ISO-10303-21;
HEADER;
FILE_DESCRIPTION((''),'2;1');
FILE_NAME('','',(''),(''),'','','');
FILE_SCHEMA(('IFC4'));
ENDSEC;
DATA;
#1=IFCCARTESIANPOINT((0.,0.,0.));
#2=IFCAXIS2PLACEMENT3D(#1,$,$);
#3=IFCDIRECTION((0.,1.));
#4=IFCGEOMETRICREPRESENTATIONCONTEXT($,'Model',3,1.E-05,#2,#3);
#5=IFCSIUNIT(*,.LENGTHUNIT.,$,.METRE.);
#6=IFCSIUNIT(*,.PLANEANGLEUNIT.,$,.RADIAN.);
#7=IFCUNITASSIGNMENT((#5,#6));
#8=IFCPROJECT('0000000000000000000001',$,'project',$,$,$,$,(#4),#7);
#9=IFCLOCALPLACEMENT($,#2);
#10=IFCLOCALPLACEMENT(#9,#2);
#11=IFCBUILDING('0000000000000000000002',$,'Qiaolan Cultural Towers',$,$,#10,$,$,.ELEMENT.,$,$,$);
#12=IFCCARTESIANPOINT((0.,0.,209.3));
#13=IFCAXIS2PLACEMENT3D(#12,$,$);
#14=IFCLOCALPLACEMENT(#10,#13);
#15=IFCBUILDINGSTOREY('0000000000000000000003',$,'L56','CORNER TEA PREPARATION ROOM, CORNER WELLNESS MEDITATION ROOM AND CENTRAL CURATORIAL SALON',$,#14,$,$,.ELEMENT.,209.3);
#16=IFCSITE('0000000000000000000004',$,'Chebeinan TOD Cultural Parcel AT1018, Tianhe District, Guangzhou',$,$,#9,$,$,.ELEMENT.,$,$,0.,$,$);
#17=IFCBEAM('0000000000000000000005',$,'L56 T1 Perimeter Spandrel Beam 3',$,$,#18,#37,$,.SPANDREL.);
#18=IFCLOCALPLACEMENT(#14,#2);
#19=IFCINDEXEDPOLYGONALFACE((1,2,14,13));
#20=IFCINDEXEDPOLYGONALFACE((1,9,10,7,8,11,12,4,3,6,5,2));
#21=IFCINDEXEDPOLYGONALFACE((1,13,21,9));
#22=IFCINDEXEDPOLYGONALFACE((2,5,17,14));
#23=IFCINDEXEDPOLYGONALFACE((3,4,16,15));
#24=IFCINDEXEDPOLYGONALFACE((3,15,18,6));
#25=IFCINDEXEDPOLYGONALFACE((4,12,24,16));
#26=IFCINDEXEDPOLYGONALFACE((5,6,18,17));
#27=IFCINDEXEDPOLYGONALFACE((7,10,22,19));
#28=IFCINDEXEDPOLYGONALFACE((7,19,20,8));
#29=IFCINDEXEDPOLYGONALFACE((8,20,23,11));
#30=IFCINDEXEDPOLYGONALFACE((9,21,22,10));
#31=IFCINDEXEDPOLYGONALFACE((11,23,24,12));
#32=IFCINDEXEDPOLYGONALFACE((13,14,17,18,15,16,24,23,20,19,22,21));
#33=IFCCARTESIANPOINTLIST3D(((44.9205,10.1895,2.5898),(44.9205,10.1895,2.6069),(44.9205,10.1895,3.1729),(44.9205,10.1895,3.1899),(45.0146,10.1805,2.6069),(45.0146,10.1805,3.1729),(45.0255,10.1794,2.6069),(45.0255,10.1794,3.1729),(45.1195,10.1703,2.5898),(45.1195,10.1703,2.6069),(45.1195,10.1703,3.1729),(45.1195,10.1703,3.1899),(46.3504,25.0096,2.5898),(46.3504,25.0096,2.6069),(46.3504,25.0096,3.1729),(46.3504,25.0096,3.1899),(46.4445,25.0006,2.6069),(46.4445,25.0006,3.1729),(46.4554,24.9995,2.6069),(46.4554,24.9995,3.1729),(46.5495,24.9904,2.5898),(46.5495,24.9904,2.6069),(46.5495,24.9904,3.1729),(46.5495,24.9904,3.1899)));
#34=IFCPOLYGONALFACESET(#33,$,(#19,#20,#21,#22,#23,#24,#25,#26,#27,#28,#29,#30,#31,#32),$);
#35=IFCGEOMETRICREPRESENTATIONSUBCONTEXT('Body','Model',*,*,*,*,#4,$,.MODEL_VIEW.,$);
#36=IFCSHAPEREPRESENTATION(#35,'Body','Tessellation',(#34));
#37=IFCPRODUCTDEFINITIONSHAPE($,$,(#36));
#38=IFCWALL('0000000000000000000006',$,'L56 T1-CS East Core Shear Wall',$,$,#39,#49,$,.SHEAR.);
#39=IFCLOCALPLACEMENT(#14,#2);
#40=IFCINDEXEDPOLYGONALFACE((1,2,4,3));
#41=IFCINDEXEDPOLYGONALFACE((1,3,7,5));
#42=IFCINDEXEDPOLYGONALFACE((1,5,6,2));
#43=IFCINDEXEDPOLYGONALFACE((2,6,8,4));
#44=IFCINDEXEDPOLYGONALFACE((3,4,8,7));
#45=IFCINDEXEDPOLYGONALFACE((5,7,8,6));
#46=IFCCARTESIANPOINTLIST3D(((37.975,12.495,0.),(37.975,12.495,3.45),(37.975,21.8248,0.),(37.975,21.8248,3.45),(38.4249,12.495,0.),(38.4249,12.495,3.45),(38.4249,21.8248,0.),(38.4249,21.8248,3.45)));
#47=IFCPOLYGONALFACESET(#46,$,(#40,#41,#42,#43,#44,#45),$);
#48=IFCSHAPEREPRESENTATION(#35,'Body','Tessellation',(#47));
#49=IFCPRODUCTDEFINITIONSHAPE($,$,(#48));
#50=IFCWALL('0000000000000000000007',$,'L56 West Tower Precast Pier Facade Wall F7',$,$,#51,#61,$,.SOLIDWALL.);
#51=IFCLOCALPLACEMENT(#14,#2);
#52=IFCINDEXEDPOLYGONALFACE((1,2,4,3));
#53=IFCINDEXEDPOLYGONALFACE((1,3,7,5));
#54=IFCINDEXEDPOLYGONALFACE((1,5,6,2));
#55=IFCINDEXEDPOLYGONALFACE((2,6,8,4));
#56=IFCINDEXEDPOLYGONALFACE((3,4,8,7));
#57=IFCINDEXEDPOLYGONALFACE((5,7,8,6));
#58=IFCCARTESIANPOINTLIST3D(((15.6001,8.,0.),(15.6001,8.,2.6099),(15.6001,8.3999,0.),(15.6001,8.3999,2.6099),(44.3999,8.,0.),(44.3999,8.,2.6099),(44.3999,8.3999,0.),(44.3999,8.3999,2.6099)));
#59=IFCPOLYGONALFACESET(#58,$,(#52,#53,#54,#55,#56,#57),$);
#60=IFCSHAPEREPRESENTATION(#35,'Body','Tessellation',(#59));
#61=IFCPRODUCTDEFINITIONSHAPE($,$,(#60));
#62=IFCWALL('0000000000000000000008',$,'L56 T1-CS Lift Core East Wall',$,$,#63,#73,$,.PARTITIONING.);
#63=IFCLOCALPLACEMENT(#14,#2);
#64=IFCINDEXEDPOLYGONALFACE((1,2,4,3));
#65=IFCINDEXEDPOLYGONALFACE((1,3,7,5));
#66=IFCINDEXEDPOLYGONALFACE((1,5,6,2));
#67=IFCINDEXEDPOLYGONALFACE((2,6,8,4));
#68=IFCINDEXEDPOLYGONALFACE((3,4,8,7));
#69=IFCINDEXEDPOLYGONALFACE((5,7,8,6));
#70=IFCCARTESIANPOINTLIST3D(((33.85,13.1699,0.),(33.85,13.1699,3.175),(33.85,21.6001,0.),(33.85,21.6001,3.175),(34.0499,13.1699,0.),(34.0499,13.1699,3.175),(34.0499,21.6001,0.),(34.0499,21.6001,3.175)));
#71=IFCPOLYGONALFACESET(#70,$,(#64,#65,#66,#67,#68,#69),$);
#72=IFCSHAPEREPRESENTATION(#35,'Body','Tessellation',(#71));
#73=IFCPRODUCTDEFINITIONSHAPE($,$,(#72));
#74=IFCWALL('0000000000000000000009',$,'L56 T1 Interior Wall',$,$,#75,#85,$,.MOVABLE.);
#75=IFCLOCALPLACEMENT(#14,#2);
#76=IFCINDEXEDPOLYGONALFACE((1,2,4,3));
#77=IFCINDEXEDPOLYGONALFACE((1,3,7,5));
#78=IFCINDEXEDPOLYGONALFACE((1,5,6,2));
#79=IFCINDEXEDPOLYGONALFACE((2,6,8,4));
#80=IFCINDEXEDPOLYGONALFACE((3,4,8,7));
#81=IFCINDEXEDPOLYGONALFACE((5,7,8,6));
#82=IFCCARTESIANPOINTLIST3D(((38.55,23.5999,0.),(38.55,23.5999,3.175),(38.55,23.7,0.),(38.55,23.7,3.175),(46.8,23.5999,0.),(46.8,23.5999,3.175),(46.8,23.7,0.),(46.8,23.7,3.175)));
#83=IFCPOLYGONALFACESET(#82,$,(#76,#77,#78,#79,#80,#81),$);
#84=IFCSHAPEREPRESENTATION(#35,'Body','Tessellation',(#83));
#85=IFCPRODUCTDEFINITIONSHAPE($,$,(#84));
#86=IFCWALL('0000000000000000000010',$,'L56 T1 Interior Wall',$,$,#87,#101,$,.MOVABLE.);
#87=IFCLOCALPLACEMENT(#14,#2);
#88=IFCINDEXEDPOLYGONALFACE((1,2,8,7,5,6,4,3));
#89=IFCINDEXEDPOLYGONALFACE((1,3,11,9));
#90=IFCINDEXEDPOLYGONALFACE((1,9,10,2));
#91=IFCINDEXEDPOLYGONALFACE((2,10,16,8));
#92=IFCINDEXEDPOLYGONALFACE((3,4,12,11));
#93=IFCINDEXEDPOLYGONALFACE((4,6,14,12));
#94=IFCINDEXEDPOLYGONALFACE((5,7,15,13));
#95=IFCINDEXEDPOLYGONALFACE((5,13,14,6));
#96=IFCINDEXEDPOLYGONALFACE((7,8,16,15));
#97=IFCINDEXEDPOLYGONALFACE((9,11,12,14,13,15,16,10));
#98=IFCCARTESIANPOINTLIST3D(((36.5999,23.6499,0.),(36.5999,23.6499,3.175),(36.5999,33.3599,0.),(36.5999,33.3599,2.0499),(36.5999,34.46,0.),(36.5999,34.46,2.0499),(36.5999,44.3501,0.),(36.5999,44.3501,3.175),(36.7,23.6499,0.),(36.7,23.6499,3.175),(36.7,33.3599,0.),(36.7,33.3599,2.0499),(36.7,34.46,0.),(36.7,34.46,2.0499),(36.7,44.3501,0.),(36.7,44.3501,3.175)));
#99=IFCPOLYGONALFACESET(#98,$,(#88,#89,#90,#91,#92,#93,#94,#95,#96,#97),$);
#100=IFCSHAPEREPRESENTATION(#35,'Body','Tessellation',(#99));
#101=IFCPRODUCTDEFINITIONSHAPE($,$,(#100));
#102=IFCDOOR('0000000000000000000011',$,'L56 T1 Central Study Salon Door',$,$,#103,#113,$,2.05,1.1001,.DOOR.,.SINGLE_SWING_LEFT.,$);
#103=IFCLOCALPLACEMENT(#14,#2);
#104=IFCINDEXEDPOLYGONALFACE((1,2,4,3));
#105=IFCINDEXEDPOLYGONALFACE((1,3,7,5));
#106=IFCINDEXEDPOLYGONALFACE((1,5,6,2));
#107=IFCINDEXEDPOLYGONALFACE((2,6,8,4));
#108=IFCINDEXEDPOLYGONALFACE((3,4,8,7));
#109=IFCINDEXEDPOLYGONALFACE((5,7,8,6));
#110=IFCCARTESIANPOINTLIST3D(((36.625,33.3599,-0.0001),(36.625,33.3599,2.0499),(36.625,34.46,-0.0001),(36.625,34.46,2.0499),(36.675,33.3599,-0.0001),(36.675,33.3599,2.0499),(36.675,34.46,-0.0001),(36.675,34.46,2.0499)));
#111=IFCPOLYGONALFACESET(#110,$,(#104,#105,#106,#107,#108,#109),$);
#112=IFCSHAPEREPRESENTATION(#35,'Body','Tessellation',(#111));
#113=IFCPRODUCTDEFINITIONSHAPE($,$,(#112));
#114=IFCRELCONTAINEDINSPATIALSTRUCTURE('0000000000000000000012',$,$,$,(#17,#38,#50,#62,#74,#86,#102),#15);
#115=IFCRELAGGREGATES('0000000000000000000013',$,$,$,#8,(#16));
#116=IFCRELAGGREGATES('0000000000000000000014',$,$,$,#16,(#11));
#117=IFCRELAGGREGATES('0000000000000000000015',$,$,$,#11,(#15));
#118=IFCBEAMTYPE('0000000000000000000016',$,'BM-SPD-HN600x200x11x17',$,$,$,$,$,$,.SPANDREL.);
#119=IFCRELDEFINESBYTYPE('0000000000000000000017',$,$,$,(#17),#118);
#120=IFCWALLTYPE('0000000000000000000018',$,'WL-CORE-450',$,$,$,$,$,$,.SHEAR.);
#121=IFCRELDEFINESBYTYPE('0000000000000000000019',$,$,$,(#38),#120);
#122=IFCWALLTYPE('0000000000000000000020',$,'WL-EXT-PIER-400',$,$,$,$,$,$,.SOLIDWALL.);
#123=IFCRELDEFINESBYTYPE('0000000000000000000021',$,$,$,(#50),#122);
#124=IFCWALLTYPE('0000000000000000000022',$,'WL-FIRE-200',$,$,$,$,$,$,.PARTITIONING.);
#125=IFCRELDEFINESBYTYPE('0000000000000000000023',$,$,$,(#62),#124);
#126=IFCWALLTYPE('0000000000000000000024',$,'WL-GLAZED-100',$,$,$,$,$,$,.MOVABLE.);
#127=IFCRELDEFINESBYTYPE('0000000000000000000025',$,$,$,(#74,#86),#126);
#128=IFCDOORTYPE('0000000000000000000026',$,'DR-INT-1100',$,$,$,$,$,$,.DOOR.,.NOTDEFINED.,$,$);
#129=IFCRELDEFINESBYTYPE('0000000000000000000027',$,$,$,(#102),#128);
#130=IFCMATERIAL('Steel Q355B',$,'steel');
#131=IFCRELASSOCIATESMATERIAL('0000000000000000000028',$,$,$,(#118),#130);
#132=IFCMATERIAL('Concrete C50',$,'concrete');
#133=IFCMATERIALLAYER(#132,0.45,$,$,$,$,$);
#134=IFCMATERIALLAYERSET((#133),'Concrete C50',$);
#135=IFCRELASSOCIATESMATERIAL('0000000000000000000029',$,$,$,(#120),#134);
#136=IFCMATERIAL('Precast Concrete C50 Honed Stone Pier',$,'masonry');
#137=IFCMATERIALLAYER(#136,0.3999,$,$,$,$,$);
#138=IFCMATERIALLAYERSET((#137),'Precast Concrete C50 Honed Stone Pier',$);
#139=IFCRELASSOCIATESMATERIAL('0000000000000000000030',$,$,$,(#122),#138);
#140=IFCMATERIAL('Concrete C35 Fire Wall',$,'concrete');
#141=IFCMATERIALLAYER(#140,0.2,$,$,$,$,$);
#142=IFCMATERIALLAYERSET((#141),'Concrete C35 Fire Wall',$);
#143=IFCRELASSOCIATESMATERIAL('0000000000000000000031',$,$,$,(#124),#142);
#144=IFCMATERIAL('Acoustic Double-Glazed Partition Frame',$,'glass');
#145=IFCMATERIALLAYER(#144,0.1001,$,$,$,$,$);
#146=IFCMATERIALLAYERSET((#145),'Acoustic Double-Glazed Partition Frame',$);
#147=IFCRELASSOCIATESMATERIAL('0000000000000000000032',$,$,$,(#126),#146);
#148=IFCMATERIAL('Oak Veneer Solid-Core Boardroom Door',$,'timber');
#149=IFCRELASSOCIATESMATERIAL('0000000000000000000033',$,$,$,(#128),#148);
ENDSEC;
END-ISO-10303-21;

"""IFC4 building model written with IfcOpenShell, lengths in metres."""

from ifc_helpers import new_model, si_unit, direction, frame, frame_2d, origin, origin_2d, place, context, subcontext, project, spatial, rectangle, i_section, extrude, material, layer, layer_set, material_profile, profile_set, type_object, element, fill, save


model = new_model("IFC4")

# Units and contexts
model_context = context("Model", 3, precision=1e-05, world=origin(), true_north=direction((0.0, 1.0)))
body_context = subcontext(model_context, "Body", "Model", "MODEL_VIEW")
ifc_project = project(units=[si_unit("LENGTHUNIT", "METRE"), si_unit("PLANEANGLEUNIT", "RADIAN")], contexts=[model_context])

# Site, building, storey
site_placement = place(None, origin())
site = spatial("IfcSite", under=ifc_project, at=site_placement, Name="Chebeinan TOD Cultural Parcel AT1018, Tianhe District, Guangzhou", CompositionType="ELEMENT", RefElevation=0.0)
building_placement = place(site_placement, origin())
building = spatial("IfcBuilding", under=site, at=building_placement, Name="Qiaolan Cultural Towers", CompositionType="ELEMENT")
storey_placement = place(building_placement, frame((0.0, 0.0, 209.3)))
storey = spatial("IfcBuildingStorey", under=building, at=storey_placement, Name="L56", Description="CORNER TEA PREPARATION ROOM, CORNER WELLNESS MEDITATION ROOM AND CENTRAL CURATORIAL SALON", CompositionType="ELEMENT", Elevation=209.3)

# Beam
ifc_material_1 = material(Name="Steel Q355B", Category="steel")
ifc_material_profile_1 = material_profile(ifc_material_1, i_section(OverallWidth=0.2, OverallDepth=0.6001, WebThickness=0.011, FlangeThickness=0.0171, at=origin_2d()), Name="HN600x200x11x17")
ifc_profile_set_1 = profile_set([ifc_material_profile_1], Name="Steel Q355B")
beam_type_1 = type_object("IfcBeamType", Name="BM-SPD-HN600x200x11x17", PredefinedType="SPANDREL", material=ifc_profile_set_1)
beam_1_placement = place(storey_placement, frame((45.02, 10.1799, 2.8899), z_axis=(0.09604, 0.995377, 0.0), x_axis=(-0.995377, 0.09604, 0.0)))
element("IfcBeam", 1, at=beam_1_placement, inside=storey, type_object=beam_type_1, Name="L56 T1 Perimeter Spandrel Beam 3", PredefinedType="SPANDREL", context=body_context, shape_type="SweptSolid", body=[
    extrude(i_section(OverallWidth=0.2, OverallDepth=0.6001, WebThickness=0.011, FlangeThickness=0.0171, at=origin_2d()), origin(), (0.0, 0.0, 1.0), 14.8889),
])

# Walls
ifc_material_2 = material(Name="Concrete C50", Category="concrete")
ifc_layer_1 = layer(ifc_material_2, 0.45)
ifc_layer_set_1 = layer_set([ifc_layer_1], Name="Concrete C50")
wall_type_1 = type_object("IfcWallType", Name="WL-CORE-450", PredefinedType="SHEAR", material=ifc_layer_set_1)
wall_1_placement = place(storey_placement, frame((38.2, 21.825, 0.0), z_axis=(0.0, 0.0, 1.0), x_axis=(0.0, -1.0, 0.0)))
element("IfcWall", 2, at=wall_1_placement, inside=storey, type_object=wall_type_1, Name="L56 T1-CS East Core Shear Wall", PredefinedType="SHEAR", context=body_context, shape_type="SweptSolid", body=[
    extrude(rectangle(XDim=9.3298, YDim=0.45, at=frame_2d((4.665, 0.0))), origin(), (0.0, 0.0, 1.0), 3.45),
])
ifc_material_3 = material(Name="Precast Concrete C50 Honed Stone Pier", Category="masonry")
ifc_layer_2 = layer(ifc_material_3, 0.3999)
ifc_layer_set_2 = layer_set([ifc_layer_2], Name="Precast Concrete C50 Honed Stone Pier")
wall_type_2 = type_object("IfcWallType", Name="WL-EXT-PIER-400", PredefinedType="SOLIDWALL", material=ifc_layer_set_2)
wall_2_placement = place(storey_placement, frame((44.3999, 8.2, 0.0), z_axis=(0.0, 0.0, 1.0), x_axis=(-1.0, 0.0, 0.0)))
element("IfcWall", 3, at=wall_2_placement, inside=storey, type_object=wall_type_2, Name="L56 West Tower Precast Pier Facade Wall F7", PredefinedType="SOLIDWALL", context=body_context, shape_type="SweptSolid", body=[
    extrude(rectangle(XDim=28.7998, YDim=0.3999, at=frame_2d((14.3999, 0.0))), origin(), (0.0, 0.0, 1.0), 2.6099),
])
ifc_material_4 = material(Name="Concrete C35 Fire Wall", Category="concrete")
ifc_layer_3 = layer(ifc_material_4, 0.2)
ifc_layer_set_3 = layer_set([ifc_layer_3], Name="Concrete C35 Fire Wall")
wall_type_3 = type_object("IfcWallType", Name="WL-FIRE-200", PredefinedType="PARTITIONING", material=ifc_layer_set_3)
wall_3_placement = place(storey_placement, frame((33.95, 21.6001, 0.0), z_axis=(0.0, 0.0, 1.0), x_axis=(0.0, -1.0, 0.0)))
element("IfcWall", 4, at=wall_3_placement, inside=storey, type_object=wall_type_3, Name="L56 T1-CS Lift Core East Wall", PredefinedType="PARTITIONING", context=body_context, shape_type="SweptSolid", body=[
    extrude(rectangle(XDim=8.4302, YDim=0.2, at=frame_2d((4.2151, 0.0))), origin(), (0.0, 0.0, 1.0), 3.175),
])
ifc_material_5 = material(Name="Acoustic Double-Glazed Partition Frame", Category="glass")
ifc_layer_4 = layer(ifc_material_5, 0.1001)
ifc_layer_set_4 = layer_set([ifc_layer_4], Name="Acoustic Double-Glazed Partition Frame")
wall_type_4 = type_object("IfcWallType", Name="WL-GLAZED-100", PredefinedType="MOVABLE", material=ifc_layer_set_4)
wall_4_placement = place(storey_placement, frame((38.55, 23.6499, 0.0), z_axis=(0.0, 0.0, 1.0), x_axis=(1.0, 0.0, 0.0)))
element("IfcWall", 5, at=wall_4_placement, inside=storey, type_object=wall_type_4, Name="L56 T1 Interior Wall", PredefinedType="MOVABLE", context=body_context, shape_type="SweptSolid", body=[
    extrude(rectangle(XDim=8.25, YDim=0.1001, at=frame_2d((4.125, 0.0))), origin(), (0.0, 0.0, 1.0), 3.175),
])

# Wall, opening, door
wall_5_placement = place(storey_placement, frame((36.6499, 23.6499, 0.0), z_axis=(0.0, 0.0, 1.0), x_axis=(0.0, 1.0, 0.0)))
wall_5 = element("IfcWall", 6, at=wall_5_placement, inside=storey, type_object=wall_type_4, Name="L56 T1 Interior Wall", PredefinedType="MOVABLE", context=body_context, shape_type="SweptSolid", body=[
    extrude(rectangle(XDim=20.7002, YDim=0.1001, at=frame_2d((10.3501, 0.0))), origin(), (0.0, 0.0, 1.0), 3.175),
])
opening_1_placement = place(wall_5_placement, frame((9.71, 0.0, 0.0)))
opening_1 = element("IfcOpeningElement", 7, at=opening_1_placement, cuts=wall_5, PredefinedType="OPENING", context=body_context, shape_type="SweptSolid", body=[
    extrude(rectangle(XDim=1.1001, YDim=2.05, at=frame_2d((0.55, 1.0249))), frame((0.0, 0.0601, 0.0), z_axis=(0.0, -1.0, 0.0), x_axis=(1.0, 0.0, 0.0)), (0.0, 0.0, 1.0), 0.1201),
])
ifc_material_6 = material(Name="Oak Veneer Solid-Core Boardroom Door", Category="timber")
door_type_1 = type_object("IfcDoorType", Name="DR-INT-1100", OperationType="NOTDEFINED", PredefinedType="DOOR", material=ifc_material_6)
door_1_placement = place(opening_1_placement, origin())
door_1 = element("IfcDoor", 8, at=door_1_placement, inside=storey, type_object=door_type_1, Name="L56 T1 Central Study Salon Door", OperationType="SINGLE_SWING_LEFT", OverallHeight=2.05, OverallWidth=1.1001, PredefinedType="DOOR", context=body_context, shape_type="SweptSolid", body=[
    extrude(rectangle(XDim=1.1001, YDim=2.05, at=frame_2d((0.55, 1.0249))), frame((0.0, 0.0249, 0.0), z_axis=(0.0, -1.0, 0.0), x_axis=(1.0, 0.0, 0.0)), (0.0, 0.0, 1.0), 0.05),
])
fill(opening_1, door_1)

save(model, "model.ifc")
